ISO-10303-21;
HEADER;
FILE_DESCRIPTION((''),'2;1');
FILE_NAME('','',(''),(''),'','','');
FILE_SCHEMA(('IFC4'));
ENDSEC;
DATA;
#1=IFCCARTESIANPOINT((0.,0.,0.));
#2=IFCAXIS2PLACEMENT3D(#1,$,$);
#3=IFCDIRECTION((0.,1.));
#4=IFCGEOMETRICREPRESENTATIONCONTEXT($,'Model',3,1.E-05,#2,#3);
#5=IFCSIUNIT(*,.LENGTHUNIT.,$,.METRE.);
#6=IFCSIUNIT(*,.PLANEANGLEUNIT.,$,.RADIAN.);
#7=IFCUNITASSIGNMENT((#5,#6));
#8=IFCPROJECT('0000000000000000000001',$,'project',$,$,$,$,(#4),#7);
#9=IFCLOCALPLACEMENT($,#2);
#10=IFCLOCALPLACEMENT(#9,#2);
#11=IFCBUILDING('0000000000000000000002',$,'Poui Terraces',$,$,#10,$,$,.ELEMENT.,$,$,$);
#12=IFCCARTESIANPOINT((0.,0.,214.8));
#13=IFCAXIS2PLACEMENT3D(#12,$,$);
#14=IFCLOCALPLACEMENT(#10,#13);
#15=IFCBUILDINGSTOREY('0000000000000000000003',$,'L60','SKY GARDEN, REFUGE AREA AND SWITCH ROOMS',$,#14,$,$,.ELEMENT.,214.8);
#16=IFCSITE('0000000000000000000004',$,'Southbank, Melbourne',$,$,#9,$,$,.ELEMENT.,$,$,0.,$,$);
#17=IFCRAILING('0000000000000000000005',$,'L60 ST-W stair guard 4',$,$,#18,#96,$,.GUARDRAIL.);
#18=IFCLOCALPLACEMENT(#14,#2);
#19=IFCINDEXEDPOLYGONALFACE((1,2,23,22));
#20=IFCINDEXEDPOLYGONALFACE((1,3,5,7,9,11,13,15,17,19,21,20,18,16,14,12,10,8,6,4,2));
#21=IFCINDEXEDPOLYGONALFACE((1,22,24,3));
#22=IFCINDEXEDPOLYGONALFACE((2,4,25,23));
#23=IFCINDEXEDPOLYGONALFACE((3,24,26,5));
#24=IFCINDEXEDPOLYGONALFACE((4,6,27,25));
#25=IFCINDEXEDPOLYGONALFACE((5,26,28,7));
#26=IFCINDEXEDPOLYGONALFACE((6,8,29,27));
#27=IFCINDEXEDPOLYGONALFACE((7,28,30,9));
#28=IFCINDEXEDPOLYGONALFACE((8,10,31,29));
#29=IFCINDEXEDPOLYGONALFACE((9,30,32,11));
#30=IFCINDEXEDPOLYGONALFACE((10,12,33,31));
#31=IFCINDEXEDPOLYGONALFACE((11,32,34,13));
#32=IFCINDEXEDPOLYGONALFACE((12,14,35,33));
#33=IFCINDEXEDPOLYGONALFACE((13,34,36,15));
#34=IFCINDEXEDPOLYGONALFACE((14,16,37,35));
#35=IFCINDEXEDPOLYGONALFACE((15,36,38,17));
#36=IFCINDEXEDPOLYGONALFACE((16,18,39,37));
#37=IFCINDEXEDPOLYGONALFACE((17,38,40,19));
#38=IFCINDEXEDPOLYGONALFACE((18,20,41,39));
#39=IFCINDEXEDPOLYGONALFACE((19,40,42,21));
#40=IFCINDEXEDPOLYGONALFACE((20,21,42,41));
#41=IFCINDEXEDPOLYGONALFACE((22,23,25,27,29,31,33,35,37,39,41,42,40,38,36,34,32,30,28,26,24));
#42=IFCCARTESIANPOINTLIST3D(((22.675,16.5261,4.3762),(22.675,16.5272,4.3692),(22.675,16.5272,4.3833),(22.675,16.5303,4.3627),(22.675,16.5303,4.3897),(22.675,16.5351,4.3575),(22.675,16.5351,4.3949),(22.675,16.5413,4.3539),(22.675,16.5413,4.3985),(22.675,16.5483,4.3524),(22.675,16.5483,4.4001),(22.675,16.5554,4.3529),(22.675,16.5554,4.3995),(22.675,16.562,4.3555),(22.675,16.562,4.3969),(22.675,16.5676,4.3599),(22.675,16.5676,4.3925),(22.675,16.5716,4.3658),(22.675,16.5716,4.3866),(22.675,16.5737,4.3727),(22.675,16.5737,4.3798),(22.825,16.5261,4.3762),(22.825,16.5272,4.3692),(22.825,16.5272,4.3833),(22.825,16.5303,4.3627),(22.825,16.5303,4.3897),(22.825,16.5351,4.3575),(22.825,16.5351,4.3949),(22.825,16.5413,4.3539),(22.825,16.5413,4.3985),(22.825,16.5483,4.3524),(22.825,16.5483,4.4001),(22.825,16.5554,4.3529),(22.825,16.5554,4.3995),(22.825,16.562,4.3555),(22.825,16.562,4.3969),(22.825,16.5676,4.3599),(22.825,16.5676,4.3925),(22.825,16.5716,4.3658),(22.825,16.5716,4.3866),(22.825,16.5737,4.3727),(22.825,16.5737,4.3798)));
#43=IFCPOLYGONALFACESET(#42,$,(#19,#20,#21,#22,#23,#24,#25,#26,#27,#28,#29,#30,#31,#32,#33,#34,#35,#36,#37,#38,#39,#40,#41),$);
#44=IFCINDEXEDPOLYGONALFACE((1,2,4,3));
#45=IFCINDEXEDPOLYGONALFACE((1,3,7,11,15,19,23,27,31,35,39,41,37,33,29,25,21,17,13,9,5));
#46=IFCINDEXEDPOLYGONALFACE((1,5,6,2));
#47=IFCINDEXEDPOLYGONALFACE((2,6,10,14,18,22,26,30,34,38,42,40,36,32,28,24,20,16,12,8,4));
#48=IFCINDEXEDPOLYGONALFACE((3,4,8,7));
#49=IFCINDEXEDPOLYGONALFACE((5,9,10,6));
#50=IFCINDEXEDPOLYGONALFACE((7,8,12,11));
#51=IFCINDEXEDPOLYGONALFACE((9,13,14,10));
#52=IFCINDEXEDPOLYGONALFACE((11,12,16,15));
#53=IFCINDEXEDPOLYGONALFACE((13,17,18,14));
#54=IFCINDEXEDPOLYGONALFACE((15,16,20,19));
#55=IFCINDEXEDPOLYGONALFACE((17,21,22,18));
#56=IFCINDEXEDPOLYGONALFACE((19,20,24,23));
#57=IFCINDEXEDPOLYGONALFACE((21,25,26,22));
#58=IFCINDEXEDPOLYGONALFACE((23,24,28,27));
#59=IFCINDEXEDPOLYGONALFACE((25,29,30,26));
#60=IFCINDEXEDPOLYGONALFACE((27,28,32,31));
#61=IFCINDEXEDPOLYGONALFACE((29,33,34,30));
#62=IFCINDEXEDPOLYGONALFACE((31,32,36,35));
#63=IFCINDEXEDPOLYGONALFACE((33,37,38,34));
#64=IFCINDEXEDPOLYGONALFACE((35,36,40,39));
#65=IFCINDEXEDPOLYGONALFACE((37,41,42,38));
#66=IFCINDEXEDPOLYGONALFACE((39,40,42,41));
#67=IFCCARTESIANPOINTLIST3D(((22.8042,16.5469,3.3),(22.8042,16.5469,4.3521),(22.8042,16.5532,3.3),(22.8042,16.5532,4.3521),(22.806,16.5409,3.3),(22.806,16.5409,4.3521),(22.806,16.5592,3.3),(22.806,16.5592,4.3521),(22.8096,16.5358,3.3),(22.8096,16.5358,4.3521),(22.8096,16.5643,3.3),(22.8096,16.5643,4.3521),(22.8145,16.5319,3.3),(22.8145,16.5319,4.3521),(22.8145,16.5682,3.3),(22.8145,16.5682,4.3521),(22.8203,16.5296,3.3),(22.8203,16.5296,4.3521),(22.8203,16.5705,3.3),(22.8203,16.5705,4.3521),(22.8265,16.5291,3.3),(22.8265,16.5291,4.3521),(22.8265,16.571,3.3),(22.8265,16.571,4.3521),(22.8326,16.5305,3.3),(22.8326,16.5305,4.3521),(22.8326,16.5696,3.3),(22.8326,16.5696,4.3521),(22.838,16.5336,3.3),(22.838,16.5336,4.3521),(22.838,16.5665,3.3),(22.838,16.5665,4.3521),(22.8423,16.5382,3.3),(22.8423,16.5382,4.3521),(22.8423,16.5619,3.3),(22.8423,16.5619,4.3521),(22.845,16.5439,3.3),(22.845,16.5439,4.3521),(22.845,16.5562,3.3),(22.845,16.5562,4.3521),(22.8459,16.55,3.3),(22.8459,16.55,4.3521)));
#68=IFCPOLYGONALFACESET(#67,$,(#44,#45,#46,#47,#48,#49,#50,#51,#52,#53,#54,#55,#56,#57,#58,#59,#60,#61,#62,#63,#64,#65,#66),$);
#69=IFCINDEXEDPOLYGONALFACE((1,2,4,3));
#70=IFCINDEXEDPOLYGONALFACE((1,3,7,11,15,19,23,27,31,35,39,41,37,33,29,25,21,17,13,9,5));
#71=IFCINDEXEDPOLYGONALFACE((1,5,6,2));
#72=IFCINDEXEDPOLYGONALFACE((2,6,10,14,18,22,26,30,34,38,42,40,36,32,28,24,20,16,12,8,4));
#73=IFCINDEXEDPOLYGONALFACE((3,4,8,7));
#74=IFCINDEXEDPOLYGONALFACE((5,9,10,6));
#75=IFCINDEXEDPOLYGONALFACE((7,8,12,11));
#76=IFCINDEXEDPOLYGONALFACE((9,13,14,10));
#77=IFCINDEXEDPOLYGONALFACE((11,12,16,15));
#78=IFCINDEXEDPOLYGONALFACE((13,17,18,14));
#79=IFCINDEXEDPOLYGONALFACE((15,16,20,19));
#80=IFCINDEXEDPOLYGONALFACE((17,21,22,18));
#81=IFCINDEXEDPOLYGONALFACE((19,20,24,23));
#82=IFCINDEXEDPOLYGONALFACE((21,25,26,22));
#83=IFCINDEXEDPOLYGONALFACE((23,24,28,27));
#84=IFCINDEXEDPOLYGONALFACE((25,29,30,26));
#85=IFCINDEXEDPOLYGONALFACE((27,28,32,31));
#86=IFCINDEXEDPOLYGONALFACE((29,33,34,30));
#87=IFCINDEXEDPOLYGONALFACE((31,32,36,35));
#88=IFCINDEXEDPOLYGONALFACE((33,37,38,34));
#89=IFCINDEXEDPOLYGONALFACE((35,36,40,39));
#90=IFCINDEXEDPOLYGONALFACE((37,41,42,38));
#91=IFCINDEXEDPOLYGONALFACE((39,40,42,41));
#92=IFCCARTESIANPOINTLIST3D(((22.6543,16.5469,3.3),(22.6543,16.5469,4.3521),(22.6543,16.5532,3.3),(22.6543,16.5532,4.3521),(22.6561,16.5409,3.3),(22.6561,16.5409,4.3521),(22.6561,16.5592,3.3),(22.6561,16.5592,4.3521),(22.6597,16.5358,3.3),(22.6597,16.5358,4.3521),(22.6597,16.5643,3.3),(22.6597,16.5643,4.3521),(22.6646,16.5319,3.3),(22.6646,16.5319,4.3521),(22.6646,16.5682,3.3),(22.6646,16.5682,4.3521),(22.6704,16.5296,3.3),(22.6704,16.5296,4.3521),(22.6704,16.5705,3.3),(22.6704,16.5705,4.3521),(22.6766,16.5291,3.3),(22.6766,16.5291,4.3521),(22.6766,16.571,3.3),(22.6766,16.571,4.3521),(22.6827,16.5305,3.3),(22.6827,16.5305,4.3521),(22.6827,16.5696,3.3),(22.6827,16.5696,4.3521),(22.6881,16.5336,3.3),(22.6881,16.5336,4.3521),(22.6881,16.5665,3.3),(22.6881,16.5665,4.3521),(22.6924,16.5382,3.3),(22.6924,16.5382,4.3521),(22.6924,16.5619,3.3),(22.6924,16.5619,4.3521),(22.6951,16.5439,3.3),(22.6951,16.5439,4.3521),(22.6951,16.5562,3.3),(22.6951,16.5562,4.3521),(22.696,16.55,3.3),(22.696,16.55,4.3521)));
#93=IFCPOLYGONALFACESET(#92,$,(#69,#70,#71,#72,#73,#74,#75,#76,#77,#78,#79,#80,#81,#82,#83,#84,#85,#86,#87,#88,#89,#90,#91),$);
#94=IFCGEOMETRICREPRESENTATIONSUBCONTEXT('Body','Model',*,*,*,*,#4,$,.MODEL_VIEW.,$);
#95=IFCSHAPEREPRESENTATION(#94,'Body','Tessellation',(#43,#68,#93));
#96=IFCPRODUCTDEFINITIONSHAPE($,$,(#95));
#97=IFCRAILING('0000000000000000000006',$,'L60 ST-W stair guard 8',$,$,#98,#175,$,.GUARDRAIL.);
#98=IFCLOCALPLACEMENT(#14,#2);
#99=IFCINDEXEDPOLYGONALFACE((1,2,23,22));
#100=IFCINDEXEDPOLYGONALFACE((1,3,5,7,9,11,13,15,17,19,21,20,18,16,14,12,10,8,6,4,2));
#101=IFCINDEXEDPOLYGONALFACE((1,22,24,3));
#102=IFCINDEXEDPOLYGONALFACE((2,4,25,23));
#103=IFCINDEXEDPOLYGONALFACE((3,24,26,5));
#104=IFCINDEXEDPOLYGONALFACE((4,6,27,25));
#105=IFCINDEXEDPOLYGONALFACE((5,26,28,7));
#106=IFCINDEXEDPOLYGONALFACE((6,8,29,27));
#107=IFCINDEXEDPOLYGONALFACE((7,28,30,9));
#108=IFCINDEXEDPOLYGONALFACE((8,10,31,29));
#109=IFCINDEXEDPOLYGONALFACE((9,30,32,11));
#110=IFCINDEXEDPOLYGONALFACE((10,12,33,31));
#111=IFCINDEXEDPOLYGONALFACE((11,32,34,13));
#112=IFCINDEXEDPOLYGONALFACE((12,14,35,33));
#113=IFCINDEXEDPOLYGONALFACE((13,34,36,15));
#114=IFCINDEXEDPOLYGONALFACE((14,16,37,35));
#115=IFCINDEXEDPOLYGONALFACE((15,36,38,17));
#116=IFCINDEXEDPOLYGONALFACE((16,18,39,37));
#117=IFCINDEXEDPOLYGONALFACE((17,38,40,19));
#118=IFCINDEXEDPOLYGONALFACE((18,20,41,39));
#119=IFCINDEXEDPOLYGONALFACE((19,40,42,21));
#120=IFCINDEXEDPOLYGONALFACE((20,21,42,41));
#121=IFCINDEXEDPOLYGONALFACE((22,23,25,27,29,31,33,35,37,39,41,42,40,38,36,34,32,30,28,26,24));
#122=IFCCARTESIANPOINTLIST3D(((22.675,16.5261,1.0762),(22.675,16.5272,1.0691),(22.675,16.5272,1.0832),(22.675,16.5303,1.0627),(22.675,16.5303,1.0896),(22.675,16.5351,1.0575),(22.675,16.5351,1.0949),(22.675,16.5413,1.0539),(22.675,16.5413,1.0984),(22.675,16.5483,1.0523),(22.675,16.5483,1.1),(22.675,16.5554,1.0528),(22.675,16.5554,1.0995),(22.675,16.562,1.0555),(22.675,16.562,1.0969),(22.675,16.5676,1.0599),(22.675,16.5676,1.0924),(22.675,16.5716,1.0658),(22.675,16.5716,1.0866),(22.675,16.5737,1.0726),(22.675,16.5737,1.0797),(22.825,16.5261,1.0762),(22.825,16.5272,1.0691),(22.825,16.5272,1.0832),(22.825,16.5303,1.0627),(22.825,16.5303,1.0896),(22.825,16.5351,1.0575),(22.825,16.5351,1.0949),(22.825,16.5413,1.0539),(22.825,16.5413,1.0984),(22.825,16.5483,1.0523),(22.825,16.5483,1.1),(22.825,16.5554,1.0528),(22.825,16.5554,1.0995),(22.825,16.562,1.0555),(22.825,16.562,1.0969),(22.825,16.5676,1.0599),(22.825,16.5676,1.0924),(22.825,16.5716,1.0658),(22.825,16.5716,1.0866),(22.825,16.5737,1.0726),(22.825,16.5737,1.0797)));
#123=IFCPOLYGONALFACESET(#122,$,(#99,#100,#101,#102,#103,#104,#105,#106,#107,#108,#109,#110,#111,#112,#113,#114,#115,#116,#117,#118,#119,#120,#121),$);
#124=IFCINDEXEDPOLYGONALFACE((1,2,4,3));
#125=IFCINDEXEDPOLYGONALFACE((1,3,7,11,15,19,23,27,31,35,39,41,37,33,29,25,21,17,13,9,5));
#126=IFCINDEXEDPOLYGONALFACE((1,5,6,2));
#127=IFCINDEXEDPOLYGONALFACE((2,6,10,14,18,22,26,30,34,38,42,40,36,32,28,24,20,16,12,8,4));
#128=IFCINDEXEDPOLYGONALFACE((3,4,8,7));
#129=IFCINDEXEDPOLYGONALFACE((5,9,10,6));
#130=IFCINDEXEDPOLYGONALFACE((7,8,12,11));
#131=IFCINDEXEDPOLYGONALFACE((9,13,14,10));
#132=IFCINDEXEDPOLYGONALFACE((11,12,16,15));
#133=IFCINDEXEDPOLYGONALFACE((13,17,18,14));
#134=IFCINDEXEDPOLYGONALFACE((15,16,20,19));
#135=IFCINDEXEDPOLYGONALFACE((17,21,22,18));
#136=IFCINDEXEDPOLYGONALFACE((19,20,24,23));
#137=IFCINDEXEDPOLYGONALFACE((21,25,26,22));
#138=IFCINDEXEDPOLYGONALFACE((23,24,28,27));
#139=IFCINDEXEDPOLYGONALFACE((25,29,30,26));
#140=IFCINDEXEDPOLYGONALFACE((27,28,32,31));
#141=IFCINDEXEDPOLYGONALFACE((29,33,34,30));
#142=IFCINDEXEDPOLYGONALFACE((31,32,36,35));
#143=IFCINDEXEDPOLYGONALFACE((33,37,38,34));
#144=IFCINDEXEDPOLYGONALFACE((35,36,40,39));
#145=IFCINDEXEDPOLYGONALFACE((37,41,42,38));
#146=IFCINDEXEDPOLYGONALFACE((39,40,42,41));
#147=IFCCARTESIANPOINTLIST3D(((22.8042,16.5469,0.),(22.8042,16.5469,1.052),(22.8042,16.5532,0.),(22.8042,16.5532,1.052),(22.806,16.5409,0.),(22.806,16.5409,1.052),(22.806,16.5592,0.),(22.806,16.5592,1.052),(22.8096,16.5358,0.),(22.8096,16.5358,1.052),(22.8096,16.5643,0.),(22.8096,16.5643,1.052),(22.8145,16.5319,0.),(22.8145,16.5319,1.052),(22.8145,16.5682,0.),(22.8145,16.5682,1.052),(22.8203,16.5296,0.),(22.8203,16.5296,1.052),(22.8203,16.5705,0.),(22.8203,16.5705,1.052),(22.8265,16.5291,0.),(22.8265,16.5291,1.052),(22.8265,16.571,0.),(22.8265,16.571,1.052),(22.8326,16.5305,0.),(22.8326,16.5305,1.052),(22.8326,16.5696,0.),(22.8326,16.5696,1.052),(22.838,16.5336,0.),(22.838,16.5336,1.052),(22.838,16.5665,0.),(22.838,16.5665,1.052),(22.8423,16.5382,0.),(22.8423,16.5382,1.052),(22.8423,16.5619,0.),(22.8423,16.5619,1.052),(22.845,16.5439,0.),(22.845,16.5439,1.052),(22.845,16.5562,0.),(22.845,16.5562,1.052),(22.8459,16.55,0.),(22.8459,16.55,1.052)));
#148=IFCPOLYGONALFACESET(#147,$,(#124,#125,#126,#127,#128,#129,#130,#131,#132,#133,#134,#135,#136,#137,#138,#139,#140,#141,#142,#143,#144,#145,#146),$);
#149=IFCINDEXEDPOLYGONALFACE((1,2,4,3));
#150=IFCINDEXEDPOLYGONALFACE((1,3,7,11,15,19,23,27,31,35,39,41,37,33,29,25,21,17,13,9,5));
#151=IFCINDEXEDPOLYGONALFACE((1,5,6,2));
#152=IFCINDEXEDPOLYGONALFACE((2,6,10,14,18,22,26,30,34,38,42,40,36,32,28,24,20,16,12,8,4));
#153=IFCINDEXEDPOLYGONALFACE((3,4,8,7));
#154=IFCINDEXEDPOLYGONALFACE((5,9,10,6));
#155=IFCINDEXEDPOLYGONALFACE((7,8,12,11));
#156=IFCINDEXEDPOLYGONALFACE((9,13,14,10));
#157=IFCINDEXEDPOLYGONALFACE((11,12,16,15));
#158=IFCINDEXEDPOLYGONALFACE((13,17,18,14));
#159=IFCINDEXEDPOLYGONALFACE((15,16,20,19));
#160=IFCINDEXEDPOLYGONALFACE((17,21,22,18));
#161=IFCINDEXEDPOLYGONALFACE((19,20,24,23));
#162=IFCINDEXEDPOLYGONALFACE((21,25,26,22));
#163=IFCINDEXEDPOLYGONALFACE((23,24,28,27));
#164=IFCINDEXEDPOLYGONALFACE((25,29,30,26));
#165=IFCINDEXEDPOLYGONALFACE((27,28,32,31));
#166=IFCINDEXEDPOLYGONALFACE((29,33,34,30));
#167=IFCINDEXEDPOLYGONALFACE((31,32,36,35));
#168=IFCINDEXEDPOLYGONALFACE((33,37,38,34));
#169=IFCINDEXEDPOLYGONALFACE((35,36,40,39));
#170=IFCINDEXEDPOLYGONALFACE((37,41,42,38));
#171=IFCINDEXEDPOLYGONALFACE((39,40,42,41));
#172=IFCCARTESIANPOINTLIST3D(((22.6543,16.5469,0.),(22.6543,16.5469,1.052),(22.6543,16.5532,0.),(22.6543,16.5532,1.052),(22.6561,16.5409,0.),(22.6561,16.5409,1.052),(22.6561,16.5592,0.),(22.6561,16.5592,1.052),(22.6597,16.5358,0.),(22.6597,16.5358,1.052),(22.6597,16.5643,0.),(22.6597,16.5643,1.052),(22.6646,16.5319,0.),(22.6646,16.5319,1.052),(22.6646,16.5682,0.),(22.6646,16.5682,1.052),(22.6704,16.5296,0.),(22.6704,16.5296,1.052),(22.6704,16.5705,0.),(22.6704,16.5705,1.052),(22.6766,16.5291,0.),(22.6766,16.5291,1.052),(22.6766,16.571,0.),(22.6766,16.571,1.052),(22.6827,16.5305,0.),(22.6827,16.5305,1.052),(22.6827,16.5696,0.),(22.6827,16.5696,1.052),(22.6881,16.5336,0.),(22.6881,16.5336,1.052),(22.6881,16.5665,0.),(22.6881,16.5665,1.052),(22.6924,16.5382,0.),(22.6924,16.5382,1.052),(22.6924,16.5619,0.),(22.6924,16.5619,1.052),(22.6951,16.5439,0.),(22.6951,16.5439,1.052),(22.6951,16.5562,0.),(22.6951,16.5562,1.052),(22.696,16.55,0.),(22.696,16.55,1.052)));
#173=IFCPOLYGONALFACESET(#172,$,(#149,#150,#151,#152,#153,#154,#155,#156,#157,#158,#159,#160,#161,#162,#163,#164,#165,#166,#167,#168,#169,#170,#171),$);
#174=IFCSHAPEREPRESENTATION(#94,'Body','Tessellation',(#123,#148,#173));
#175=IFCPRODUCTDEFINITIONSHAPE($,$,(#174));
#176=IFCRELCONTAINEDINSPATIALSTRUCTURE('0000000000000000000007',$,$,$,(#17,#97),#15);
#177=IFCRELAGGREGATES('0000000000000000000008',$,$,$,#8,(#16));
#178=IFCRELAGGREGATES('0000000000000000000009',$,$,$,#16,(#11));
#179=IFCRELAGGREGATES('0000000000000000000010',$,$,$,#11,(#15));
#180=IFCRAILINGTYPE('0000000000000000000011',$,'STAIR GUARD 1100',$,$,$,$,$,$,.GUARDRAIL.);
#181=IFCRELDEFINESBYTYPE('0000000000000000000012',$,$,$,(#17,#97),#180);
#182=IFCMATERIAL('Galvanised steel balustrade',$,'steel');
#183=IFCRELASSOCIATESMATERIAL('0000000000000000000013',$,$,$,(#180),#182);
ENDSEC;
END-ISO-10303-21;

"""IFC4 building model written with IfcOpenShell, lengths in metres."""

from ifc_helpers import new_model, si_unit, direction, frame, origin, origin_2d, place, context, subcontext, project, spatial, circle, extrude, material, type_object, element, save


model = new_model("IFC4")

# Units and contexts
model_context = context("Model", 3, precision=1e-05, world=origin(), true_north=direction((0.0, 1.0)))
body_context = subcontext(model_context, "Body", "Model", "MODEL_VIEW")
ifc_project = project(units=[si_unit("LENGTHUNIT", "METRE"), si_unit("PLANEANGLEUNIT", "RADIAN")], contexts=[model_context])

# Site, building, storey
site_placement = place(None, origin())
site = spatial("IfcSite", under=ifc_project, at=site_placement, Name="Southbank, Melbourne", CompositionType="ELEMENT", RefElevation=0.0)
building_placement = place(site_placement, origin())
building = spatial("IfcBuilding", under=site, at=building_placement, Name="Poui Terraces", CompositionType="ELEMENT")
storey_placement = place(building_placement, frame((0.0, 0.0, 214.8)))
storey = spatial("IfcBuildingStorey", under=building, at=storey_placement, Name="L60", Description="SKY GARDEN, REFUGE AREA AND SWITCH ROOMS", CompositionType="ELEMENT", Elevation=214.8)

# Railings
ifc_material_1 = material(Name="Galvanised steel balustrade", Category="steel")
railing_type = type_object("IfcRailingType", Name="STAIR GUARD 1100", PredefinedType="GUARDRAIL", material=ifc_material_1)
for number, where, name in (
    (1, (22.825, 16.55, 3.3), "L60 ST-W stair guard 4"),
    (2, (22.825, 16.55, 0.0), "L60 ST-W stair guard 8"),
):
    element("IfcRailing", number, at=place(storey_placement, frame(where)), inside=storey, type_object=railing_type, Name=name, PredefinedType="GUARDRAIL", context=body_context, shape_type="SweptSolid", body=[
        extrude(circle(Radius=0.0239, at=origin_2d()), frame((0.0, 0.0, 1.0762), z_axis=(-1.0, 0.0, 0.0), x_axis=(0.0, -1.0, 0.0)), (0.0, 0.0, 1.0), 0.1499),
        extrude(circle(Radius=0.021, at=origin_2d()), origin(), (0.0, 0.0, 1.0), 1.052),
        extrude(circle(Radius=0.021, at=origin_2d()), frame((-0.1499, 0.0, 0.0)), (0.0, 0.0, 1.0), 1.052),
    ])

save(model, "model.ifc")
